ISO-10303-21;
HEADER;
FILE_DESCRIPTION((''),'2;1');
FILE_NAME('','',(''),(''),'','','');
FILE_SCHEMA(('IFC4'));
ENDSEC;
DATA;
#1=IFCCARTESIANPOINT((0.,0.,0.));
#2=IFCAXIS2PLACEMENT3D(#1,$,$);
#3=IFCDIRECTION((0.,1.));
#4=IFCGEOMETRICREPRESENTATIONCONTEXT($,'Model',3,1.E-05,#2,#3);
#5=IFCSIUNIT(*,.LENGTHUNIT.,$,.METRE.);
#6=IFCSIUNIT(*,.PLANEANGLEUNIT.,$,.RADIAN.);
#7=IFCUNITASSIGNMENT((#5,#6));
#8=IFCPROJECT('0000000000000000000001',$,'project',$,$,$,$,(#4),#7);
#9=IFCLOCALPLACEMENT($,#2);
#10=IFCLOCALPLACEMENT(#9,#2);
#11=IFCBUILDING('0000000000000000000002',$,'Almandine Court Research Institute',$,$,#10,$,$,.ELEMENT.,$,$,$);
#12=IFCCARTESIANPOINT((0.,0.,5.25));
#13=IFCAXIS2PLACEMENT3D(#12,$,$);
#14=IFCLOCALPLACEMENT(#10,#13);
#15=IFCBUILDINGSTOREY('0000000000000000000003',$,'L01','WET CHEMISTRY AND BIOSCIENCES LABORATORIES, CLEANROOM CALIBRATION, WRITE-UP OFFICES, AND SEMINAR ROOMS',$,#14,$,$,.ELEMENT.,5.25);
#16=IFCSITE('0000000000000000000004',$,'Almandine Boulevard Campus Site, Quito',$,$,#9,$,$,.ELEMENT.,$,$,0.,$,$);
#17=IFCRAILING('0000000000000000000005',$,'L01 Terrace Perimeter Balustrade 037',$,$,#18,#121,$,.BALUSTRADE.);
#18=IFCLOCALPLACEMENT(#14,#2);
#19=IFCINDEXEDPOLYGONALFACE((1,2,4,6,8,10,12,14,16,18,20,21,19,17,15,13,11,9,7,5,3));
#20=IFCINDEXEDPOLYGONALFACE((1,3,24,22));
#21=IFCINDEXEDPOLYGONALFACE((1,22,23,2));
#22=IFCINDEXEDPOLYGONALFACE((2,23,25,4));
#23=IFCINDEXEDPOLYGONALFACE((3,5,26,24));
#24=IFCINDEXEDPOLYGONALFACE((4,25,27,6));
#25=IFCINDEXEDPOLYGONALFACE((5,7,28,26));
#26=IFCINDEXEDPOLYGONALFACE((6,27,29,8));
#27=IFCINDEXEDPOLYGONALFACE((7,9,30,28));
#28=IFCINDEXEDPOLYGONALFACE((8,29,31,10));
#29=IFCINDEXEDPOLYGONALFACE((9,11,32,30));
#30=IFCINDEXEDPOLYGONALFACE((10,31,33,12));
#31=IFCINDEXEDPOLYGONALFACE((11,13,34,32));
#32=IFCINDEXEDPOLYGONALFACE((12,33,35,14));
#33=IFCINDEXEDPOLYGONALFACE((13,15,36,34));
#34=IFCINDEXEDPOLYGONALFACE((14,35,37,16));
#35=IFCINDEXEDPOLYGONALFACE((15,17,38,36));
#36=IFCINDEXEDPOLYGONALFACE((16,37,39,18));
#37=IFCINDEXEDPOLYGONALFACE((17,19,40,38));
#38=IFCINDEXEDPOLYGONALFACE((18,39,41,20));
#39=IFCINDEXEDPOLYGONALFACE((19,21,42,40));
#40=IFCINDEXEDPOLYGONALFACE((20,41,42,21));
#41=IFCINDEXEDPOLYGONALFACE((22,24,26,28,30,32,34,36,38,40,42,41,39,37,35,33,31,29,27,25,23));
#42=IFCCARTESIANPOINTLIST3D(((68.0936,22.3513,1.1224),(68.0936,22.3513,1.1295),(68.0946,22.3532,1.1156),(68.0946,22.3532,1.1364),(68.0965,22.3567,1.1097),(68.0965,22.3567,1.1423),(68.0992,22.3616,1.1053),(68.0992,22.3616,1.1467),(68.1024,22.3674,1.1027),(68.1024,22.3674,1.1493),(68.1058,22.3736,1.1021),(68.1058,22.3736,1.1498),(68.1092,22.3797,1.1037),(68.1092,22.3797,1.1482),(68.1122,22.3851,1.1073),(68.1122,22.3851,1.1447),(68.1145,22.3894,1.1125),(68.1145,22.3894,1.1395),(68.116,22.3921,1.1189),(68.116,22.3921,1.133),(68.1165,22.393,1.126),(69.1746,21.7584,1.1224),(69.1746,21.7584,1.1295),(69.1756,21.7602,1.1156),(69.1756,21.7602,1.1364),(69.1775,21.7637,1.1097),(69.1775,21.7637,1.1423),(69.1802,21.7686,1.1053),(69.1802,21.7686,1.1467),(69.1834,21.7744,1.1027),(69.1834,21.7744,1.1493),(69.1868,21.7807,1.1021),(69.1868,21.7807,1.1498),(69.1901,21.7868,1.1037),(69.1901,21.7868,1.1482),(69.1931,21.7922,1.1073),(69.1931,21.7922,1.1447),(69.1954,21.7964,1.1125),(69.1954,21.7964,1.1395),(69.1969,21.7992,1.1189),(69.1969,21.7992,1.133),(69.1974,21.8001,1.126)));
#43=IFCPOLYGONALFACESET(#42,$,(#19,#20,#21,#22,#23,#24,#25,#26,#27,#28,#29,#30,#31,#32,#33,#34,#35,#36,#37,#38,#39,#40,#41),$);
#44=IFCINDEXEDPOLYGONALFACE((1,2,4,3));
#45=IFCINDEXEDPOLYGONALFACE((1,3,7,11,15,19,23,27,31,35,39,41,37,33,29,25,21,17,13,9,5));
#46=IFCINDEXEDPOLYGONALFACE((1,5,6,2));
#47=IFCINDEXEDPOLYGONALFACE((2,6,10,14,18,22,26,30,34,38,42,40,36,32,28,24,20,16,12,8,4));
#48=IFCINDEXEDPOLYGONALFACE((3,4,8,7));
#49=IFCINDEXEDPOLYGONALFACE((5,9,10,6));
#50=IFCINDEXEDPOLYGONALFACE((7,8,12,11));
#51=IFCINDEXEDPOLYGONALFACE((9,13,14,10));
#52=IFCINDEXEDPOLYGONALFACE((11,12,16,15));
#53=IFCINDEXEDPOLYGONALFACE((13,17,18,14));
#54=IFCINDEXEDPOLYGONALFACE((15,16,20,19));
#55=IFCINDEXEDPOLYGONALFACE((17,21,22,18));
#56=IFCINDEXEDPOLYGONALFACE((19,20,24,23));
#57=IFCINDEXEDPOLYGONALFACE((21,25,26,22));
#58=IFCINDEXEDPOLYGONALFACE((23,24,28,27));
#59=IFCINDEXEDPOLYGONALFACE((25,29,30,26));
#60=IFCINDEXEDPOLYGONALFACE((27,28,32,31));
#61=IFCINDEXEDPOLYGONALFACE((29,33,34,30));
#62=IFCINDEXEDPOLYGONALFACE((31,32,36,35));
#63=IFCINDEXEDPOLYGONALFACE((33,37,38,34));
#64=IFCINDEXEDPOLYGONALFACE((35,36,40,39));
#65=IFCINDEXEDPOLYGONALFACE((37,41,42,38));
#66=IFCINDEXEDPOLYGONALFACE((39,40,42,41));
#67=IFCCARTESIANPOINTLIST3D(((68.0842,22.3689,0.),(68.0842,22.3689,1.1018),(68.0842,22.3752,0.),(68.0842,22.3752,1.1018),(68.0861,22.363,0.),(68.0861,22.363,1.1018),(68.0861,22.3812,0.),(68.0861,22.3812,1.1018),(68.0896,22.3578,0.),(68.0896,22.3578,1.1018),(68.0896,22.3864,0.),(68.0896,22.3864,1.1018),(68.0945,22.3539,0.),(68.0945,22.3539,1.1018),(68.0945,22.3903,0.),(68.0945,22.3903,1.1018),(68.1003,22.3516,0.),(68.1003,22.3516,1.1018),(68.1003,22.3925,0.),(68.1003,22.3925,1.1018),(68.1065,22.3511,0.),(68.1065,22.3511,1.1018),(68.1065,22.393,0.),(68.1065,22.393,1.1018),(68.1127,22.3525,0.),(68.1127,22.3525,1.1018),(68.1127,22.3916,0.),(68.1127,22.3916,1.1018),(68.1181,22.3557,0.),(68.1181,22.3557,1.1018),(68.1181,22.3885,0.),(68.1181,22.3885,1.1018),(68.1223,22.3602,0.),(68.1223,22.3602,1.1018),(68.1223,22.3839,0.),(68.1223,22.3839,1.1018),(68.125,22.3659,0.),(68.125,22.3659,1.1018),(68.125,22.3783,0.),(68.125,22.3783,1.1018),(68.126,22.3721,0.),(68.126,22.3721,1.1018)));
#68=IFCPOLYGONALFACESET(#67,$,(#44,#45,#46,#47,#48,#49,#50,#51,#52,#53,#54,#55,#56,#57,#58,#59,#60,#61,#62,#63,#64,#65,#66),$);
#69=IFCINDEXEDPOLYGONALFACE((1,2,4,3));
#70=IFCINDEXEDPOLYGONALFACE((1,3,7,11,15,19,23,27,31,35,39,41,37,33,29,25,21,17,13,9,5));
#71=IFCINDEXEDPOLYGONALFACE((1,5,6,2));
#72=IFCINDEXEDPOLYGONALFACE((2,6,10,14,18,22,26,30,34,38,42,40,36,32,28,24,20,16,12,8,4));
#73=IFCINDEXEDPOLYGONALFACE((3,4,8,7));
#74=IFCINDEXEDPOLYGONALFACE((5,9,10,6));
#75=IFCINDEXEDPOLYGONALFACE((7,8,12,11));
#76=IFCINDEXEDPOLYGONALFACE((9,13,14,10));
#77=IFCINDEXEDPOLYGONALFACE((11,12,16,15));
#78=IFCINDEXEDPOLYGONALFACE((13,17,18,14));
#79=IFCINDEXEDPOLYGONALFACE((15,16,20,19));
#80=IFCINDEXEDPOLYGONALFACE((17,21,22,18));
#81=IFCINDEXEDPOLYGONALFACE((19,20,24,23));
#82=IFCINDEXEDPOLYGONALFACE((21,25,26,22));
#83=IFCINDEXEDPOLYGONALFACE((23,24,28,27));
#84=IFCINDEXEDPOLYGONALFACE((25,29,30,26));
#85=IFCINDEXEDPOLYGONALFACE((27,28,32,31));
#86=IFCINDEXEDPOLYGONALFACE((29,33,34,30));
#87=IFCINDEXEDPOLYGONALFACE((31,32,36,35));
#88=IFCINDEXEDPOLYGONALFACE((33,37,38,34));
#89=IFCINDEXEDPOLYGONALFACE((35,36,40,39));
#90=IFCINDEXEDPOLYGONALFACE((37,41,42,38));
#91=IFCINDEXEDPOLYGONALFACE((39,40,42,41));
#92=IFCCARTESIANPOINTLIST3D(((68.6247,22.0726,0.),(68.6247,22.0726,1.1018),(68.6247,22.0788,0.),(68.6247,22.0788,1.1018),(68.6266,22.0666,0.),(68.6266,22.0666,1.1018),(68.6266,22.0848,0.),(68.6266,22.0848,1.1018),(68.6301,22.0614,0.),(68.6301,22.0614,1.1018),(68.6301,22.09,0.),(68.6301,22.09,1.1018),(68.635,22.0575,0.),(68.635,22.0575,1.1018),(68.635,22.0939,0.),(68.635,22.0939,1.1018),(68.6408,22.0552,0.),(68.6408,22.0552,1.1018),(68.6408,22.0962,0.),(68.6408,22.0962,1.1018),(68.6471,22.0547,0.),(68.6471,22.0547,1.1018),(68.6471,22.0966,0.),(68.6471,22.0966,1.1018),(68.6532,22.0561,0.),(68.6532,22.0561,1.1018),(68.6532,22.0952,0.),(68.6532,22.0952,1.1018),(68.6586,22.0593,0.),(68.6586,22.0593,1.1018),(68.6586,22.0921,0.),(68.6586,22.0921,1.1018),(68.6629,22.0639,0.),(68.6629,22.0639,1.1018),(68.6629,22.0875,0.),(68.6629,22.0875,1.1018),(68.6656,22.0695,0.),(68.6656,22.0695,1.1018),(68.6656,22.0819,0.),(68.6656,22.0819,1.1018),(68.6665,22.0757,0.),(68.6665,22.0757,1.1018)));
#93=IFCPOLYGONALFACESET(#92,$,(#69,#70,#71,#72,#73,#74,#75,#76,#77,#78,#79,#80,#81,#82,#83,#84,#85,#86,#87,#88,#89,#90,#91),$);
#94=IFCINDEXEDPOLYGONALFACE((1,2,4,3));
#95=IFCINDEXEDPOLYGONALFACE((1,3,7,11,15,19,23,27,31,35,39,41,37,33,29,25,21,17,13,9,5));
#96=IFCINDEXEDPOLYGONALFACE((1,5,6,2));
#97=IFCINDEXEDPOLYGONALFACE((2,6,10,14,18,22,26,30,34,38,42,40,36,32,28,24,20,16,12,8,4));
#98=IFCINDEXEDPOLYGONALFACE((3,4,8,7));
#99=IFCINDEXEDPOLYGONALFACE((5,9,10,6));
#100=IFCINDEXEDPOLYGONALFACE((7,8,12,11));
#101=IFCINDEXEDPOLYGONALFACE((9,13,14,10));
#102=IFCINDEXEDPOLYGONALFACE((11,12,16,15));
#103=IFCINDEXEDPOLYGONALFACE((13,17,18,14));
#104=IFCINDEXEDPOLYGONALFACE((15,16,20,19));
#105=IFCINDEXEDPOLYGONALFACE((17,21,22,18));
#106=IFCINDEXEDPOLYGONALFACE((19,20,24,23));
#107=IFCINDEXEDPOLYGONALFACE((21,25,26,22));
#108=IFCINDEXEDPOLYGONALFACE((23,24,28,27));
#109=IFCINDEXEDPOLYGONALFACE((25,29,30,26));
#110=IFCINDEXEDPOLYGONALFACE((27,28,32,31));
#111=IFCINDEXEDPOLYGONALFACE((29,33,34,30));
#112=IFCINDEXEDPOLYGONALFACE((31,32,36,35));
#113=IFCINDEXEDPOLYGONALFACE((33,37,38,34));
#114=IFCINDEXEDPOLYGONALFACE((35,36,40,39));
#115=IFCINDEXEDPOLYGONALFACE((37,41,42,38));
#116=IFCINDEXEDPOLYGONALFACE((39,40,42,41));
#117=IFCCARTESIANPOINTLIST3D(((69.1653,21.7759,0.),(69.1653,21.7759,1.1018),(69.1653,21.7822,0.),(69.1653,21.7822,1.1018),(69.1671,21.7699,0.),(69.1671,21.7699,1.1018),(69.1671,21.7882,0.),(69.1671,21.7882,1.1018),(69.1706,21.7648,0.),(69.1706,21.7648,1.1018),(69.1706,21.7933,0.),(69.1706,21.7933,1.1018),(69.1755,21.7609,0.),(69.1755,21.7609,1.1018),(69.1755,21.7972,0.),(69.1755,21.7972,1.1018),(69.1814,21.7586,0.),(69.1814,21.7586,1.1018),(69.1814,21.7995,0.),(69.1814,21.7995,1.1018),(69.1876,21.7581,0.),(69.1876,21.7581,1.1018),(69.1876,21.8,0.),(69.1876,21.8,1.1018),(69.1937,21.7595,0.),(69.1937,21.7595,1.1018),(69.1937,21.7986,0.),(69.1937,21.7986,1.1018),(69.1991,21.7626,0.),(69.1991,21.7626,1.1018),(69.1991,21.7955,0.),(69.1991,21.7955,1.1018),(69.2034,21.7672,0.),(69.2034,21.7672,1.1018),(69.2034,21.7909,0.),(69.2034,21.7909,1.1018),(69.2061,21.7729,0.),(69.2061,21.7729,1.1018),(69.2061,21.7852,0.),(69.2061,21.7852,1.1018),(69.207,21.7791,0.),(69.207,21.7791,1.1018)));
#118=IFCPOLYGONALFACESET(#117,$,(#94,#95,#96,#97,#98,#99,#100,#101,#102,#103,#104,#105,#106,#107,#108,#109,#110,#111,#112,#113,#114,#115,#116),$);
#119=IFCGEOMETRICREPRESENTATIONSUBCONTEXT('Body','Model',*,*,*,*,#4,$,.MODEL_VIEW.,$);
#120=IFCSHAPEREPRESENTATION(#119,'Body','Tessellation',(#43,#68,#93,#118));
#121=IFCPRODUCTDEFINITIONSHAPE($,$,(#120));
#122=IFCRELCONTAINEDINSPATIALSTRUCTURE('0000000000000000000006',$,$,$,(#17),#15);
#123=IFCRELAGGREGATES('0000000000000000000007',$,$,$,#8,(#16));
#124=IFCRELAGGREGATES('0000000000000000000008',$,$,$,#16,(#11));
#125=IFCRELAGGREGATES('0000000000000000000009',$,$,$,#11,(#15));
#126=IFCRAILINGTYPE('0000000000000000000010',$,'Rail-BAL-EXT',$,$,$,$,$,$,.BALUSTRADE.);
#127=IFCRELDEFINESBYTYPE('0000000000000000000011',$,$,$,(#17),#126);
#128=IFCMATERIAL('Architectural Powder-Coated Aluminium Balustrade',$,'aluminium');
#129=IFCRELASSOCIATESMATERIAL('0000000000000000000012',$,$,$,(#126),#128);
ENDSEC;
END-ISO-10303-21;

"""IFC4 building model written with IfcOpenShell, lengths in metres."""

from ifc_helpers import new_model, si_unit, direction, frame, origin, origin_2d, place, context, subcontext, project, spatial, circle, extrude, material, type_object, element, save


model = new_model("IFC4")

# Units and contexts
model_context = context("Model", 3, precision=1e-05, world=origin(), true_north=direction((0.0, 1.0)))
body_context = subcontext(model_context, "Body", "Model", "MODEL_VIEW")
ifc_project = project(units=[si_unit("LENGTHUNIT", "METRE"), si_unit("PLANEANGLEUNIT", "RADIAN")], contexts=[model_context])

# Site, building, storey
site_placement = place(None, origin())
site = spatial("IfcSite", under=ifc_project, at=site_placement, Name="Almandine Boulevard Campus Site, Quito", CompositionType="ELEMENT", RefElevation=0.0)
building_placement = place(site_placement, origin())
building = spatial("IfcBuilding", under=site, at=building_placement, Name="Almandine Court Research Institute", CompositionType="ELEMENT")
storey_placement = place(building_placement, frame((0.0, 0.0, 5.25)))
storey = spatial("IfcBuildingStorey", under=building, at=storey_placement, Name="L01", Description="WET CHEMISTRY AND BIOSCIENCES LABORATORIES, CLEANROOM CALIBRATION, WRITE-UP OFFICES, AND SEMINAR ROOMS", CompositionType="ELEMENT", Elevation=5.25)

# Railing
ifc_material_1 = material(Name="Architectural Powder-Coated Aluminium Balustrade", Category="aluminium")
railing_type = type_object("IfcRailingType", Name="Rail-BAL-EXT", PredefinedType="BALUSTRADE", material=ifc_material_1)
railing_1_placement = place(storey_placement, frame((68.105, 22.3721, 0.0)))
element("IfcRailing", 1, at=railing_1_placement, inside=storey, type_object=railing_type, Name="L01 Terrace Perimeter Balustrade 037", PredefinedType="BALUSTRADE", context=body_context, shape_type="SweptSolid", body=[
    extrude(circle(Radius=0.0239, at=origin_2d()), frame((0.0, 0.0, 1.126), z_axis=(0.87675, -0.480946, 0.0), x_axis=(0.480946, 0.87675, 0.0)), (0.0, 0.0, 1.0), 1.2329),
    extrude(circle(Radius=0.021, at=origin_2d()), origin(), (0.0, 0.0, 1.0), 1.1018),
    extrude(circle(Radius=0.021, at=origin_2d()), frame((0.5405, -0.2964, 0.0)), (0.0, 0.0, 1.0), 1.1018),
    extrude(circle(Radius=0.021, at=origin_2d()), frame((1.0811, -0.593, 0.0)), (0.0, 0.0, 1.0), 1.1018),
])

save(model, "model.ifc")
